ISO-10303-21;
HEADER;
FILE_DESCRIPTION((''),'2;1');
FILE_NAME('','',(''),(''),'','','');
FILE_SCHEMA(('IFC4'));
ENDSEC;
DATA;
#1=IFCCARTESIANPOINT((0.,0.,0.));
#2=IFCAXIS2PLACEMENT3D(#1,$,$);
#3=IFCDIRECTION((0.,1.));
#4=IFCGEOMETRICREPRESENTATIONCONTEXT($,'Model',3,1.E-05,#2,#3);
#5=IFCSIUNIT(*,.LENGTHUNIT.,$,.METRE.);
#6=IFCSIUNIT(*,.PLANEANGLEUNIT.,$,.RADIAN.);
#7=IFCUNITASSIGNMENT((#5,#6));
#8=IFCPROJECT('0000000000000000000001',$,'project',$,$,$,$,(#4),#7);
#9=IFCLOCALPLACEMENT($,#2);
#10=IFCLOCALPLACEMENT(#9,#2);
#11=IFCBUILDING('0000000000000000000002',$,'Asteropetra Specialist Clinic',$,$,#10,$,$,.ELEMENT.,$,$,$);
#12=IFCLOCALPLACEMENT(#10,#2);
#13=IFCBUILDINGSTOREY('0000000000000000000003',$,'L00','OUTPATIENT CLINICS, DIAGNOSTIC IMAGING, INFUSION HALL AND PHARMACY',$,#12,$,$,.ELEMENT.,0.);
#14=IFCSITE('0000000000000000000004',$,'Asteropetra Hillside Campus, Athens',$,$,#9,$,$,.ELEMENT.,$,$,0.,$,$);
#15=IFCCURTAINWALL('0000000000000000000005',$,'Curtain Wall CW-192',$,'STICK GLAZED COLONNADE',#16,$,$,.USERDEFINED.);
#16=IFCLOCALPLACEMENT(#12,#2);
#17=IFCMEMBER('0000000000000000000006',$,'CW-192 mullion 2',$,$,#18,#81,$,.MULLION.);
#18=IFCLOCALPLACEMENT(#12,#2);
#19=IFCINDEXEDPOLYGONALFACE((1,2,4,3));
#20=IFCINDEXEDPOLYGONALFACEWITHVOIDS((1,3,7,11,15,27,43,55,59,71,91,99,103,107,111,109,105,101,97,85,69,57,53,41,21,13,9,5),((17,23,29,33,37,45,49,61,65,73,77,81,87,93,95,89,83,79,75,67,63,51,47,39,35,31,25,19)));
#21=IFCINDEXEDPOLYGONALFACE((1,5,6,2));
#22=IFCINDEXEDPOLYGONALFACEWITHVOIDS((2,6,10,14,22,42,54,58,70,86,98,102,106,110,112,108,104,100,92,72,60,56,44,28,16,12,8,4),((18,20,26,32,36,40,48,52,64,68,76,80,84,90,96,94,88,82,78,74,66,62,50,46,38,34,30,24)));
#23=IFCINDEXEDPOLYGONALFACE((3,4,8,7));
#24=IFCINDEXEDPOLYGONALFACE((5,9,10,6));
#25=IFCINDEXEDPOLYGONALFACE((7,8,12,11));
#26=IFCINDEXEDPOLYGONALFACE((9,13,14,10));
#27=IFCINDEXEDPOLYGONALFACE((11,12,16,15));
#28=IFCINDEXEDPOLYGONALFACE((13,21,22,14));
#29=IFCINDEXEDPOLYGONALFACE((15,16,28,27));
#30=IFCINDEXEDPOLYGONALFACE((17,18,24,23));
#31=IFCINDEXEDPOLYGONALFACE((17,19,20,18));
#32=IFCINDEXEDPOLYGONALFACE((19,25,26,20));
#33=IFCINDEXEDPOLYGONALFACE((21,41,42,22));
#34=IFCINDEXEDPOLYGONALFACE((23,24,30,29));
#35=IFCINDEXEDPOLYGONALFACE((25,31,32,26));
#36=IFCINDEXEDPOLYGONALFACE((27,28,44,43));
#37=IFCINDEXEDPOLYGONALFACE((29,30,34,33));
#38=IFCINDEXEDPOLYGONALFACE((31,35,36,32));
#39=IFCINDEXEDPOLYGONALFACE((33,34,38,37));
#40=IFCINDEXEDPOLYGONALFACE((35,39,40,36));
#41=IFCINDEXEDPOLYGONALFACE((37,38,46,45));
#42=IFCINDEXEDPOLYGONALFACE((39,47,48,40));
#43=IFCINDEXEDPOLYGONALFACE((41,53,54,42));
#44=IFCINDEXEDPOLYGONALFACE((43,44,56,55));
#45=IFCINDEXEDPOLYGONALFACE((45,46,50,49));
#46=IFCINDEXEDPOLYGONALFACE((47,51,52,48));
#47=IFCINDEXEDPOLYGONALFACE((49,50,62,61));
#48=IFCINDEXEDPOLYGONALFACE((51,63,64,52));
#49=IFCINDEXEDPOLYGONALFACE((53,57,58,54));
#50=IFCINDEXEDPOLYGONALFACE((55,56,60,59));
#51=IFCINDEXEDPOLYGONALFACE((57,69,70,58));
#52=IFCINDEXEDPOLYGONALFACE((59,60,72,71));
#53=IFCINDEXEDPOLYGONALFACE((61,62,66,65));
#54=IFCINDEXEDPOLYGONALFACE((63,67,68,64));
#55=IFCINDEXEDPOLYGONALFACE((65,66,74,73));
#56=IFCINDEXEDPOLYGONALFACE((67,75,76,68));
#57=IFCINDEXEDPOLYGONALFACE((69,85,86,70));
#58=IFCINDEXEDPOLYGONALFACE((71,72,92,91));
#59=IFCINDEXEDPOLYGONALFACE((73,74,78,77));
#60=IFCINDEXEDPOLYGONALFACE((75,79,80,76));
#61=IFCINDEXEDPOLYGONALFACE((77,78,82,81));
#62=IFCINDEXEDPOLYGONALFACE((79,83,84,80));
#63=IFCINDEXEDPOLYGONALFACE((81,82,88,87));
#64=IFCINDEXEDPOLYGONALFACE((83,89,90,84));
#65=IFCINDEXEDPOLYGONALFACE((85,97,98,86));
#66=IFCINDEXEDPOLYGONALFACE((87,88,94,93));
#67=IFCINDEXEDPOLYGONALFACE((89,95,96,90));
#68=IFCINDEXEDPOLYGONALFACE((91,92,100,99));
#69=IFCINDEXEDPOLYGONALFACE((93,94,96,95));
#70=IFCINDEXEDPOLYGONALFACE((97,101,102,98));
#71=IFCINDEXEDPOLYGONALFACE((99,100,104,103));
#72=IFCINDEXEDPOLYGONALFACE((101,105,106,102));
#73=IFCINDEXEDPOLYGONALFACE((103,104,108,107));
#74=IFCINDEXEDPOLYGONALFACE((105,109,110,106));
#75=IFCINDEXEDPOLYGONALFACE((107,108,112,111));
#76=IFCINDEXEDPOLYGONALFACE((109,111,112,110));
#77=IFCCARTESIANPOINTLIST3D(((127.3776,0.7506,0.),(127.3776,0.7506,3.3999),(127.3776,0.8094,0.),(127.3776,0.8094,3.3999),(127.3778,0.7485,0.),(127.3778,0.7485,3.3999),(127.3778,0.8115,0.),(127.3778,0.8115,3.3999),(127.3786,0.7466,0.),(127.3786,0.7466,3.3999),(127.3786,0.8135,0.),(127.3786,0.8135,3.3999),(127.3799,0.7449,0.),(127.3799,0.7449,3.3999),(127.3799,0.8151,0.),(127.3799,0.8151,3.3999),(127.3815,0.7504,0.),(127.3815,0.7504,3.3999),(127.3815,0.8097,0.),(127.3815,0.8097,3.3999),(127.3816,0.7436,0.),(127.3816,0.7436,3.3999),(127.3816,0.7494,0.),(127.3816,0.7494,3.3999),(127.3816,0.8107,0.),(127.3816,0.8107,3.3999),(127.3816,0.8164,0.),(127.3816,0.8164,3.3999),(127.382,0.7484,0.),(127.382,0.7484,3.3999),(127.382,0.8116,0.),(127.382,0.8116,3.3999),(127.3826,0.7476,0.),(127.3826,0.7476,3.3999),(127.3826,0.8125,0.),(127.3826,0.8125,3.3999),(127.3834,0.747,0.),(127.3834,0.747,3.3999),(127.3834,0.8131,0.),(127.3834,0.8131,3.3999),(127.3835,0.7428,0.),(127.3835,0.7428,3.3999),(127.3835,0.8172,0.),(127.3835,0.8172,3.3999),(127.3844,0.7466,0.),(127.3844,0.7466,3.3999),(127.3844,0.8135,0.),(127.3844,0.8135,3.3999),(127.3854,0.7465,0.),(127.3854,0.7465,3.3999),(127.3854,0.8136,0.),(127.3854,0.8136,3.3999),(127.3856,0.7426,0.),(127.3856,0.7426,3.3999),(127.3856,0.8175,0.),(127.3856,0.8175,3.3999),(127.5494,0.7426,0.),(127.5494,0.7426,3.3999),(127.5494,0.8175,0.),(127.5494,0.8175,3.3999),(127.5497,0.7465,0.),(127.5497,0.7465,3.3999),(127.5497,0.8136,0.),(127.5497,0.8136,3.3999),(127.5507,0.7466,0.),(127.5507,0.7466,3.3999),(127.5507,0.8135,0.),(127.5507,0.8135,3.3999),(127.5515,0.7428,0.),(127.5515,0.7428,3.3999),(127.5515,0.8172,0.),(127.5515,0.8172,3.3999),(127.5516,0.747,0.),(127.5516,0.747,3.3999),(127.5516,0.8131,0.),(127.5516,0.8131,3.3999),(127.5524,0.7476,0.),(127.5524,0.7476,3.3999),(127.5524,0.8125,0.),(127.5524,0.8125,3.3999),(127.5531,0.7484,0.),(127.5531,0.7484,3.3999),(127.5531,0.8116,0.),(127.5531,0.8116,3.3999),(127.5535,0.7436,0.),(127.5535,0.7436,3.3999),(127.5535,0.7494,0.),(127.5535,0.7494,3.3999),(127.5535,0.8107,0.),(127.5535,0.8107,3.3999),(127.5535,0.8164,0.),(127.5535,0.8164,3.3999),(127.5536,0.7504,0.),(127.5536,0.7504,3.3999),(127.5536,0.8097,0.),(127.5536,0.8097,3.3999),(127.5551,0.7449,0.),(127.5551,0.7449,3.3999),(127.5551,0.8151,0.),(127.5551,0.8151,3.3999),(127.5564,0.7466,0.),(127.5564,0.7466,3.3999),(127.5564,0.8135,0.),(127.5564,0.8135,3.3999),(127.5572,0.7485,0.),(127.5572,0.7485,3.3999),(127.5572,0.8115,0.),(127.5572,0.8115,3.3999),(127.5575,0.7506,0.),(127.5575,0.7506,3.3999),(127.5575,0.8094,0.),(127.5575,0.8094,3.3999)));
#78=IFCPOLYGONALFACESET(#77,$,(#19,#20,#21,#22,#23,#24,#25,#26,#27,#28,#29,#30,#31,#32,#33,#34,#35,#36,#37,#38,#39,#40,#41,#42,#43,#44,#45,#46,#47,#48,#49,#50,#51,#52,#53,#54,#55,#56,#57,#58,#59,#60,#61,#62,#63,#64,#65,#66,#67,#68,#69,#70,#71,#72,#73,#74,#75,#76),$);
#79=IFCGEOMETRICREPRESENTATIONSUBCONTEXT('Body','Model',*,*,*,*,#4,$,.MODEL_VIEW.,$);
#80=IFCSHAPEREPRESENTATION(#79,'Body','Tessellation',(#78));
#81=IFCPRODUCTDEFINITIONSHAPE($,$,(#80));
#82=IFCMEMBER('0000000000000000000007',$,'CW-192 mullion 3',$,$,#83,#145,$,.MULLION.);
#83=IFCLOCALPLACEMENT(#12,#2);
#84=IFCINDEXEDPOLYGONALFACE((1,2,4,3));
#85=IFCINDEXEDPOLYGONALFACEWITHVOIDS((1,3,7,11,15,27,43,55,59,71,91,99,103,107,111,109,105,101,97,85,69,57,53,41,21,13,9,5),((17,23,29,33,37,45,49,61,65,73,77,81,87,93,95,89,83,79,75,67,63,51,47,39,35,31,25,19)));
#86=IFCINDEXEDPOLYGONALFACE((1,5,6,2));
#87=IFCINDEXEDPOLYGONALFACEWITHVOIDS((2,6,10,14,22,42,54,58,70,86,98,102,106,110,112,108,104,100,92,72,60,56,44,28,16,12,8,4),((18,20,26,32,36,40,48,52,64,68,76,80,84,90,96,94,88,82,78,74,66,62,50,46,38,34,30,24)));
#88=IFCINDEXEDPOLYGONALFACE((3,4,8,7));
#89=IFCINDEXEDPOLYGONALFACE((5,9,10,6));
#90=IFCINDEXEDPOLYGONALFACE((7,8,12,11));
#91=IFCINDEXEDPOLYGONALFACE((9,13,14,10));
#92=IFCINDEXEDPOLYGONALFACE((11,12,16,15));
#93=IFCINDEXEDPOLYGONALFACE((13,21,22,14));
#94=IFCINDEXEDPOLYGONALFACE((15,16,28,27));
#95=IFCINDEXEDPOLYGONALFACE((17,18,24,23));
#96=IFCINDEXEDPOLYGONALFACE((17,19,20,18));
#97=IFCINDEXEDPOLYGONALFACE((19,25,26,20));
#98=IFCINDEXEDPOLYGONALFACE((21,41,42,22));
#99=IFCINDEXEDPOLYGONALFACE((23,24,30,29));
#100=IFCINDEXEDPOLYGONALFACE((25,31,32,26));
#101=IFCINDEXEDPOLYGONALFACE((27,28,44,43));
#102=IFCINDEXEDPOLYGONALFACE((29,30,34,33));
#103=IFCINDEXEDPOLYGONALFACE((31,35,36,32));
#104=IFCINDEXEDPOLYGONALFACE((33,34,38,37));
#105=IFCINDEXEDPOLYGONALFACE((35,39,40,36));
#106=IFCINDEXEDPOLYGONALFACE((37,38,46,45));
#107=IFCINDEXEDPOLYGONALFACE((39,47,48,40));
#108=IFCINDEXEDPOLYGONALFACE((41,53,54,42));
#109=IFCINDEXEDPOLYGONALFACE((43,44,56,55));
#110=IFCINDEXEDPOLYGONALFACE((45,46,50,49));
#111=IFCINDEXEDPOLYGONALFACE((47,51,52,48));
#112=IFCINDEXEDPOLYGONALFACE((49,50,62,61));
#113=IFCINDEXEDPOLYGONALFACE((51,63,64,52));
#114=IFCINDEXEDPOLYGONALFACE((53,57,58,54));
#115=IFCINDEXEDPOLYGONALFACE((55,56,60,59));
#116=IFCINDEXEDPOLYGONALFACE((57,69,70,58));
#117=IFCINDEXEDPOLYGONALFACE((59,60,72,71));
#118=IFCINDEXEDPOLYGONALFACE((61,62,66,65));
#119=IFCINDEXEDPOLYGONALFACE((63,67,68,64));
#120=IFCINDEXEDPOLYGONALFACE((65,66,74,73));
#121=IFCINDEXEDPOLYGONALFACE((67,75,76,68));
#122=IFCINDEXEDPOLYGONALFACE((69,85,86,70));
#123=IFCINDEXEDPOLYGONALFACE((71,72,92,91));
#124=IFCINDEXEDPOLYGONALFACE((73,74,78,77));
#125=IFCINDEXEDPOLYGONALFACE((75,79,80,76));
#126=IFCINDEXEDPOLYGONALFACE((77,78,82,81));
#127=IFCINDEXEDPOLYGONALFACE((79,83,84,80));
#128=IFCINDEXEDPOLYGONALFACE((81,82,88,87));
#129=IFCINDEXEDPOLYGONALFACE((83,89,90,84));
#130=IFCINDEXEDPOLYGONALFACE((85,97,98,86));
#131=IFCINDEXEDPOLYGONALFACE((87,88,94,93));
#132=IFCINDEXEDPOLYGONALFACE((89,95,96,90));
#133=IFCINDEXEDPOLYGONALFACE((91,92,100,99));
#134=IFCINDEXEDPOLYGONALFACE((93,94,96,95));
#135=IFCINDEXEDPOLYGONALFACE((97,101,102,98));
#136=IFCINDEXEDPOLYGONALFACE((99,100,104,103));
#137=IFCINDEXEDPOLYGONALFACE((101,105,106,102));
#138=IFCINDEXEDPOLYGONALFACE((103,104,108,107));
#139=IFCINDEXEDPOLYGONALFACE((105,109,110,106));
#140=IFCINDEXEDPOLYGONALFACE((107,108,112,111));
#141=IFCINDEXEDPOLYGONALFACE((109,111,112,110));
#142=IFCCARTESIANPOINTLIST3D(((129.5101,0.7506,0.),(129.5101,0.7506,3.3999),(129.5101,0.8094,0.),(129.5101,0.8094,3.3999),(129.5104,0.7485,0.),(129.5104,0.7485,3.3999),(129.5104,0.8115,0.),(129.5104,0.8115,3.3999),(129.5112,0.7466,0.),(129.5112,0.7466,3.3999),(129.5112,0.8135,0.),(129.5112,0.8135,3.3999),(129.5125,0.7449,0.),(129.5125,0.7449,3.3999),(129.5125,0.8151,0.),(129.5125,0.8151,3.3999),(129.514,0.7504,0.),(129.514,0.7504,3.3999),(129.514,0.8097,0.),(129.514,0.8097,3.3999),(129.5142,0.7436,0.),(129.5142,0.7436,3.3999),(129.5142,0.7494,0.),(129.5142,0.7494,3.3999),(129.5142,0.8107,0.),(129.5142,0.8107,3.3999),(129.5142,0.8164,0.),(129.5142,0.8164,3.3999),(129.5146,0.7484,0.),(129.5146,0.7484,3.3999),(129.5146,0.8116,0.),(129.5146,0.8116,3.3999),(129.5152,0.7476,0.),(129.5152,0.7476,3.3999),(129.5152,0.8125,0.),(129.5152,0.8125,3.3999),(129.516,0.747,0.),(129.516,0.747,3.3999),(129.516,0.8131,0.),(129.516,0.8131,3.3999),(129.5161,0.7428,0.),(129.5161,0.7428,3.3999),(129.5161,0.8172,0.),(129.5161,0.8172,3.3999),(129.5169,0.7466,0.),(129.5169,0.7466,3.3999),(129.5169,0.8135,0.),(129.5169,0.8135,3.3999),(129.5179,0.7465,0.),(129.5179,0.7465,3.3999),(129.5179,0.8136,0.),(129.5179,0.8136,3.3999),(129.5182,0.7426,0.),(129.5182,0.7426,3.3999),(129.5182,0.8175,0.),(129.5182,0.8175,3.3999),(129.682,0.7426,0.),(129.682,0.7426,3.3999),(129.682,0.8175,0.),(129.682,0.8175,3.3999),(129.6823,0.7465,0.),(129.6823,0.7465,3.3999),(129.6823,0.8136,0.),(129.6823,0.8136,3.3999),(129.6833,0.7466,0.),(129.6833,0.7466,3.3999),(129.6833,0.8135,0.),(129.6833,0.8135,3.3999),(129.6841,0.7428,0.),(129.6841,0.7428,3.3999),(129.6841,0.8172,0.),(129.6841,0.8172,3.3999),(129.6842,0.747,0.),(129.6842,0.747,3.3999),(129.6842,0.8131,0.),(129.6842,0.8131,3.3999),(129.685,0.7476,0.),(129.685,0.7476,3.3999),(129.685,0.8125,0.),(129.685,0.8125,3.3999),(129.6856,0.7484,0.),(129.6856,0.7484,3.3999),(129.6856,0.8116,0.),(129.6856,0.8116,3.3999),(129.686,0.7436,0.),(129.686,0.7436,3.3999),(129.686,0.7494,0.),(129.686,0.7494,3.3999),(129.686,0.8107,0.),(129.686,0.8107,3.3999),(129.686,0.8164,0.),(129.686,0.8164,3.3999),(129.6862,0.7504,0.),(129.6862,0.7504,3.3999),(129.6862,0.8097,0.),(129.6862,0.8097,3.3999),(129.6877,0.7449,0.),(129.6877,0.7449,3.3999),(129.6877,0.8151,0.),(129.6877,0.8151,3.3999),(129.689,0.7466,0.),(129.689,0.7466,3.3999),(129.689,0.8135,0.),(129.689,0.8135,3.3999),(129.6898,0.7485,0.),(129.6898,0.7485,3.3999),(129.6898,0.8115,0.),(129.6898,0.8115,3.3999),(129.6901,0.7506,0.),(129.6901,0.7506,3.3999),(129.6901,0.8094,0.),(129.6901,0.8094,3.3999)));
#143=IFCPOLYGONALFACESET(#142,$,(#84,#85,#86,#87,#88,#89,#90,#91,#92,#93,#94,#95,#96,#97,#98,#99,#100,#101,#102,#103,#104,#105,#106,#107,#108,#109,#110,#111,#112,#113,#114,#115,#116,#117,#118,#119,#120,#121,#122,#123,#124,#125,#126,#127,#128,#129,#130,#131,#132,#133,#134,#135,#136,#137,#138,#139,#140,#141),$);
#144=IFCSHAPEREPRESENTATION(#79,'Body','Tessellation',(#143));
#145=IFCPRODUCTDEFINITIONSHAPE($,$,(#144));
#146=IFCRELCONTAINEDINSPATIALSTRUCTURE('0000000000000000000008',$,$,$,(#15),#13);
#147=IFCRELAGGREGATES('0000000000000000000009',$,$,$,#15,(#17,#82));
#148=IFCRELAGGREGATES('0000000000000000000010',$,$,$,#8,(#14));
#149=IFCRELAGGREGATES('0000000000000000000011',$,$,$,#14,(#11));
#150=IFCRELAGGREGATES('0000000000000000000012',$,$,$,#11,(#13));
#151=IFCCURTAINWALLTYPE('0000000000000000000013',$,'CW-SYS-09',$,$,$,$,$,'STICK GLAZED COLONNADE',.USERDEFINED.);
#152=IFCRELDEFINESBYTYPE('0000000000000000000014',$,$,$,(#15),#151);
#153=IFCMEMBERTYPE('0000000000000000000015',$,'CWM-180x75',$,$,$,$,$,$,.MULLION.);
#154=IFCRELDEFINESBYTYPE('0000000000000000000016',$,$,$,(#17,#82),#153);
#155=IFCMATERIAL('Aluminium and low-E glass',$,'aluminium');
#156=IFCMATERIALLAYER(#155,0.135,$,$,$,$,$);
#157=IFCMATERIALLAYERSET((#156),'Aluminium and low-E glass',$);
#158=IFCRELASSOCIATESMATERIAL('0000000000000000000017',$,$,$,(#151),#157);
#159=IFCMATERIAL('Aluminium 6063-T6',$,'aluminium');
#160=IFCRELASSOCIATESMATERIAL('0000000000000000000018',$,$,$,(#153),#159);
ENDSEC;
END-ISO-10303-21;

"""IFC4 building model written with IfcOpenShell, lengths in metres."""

from ifc_helpers import new_model, si_unit, direction, frame, origin, origin_2d, place, context, subcontext, project, spatial, hollow_rectangle, extrude, material, layer, layer_set, material_profile, profile_set, type_object, element, aggregate, save


model = new_model("IFC4")

# Units and contexts
model_context = context("Model", 3, precision=1e-05, world=origin(), true_north=direction((0.0, 1.0)))
body_context = subcontext(model_context, "Body", "Model", "MODEL_VIEW")
ifc_project = project(units=[si_unit("LENGTHUNIT", "METRE"), si_unit("PLANEANGLEUNIT", "RADIAN")], contexts=[model_context])

# Site, building, storey
site_placement = place(None, origin())
site = spatial("IfcSite", under=ifc_project, at=site_placement, Name="Asteropetra Hillside Campus, Athens", CompositionType="ELEMENT", RefElevation=0.0)
building_placement = place(site_placement, origin())
building = spatial("IfcBuilding", under=site, at=building_placement, Name="Asteropetra Specialist Clinic", CompositionType="ELEMENT")
storey_placement = place(building_placement, origin())
storey = spatial("IfcBuildingStorey", under=building, at=storey_placement, Name="L00", Description="OUTPATIENT CLINICS, DIAGNOSTIC IMAGING, INFUSION HALL AND PHARMACY", CompositionType="ELEMENT", Elevation=0.0)

# Curtain wall, members
ifc_material_1 = material(Name="Aluminium and low-E glass", Category="aluminium")
ifc_layer_1 = layer(ifc_material_1, 0.135)
ifc_layer_set_1 = layer_set([ifc_layer_1], Name="Aluminium and low-E glass")
curtain_wall_type = type_object("IfcCurtainWallType", Name="CW-SYS-09", ElementType="STICK GLAZED COLONNADE", PredefinedType="USERDEFINED", material=ifc_layer_set_1)
curtain_wall_placement = place(storey_placement, origin())
curtain_wall = element("IfcCurtainWall", 1, at=curtain_wall_placement, inside=storey, type_object=curtain_wall_type, Name="Curtain Wall CW-192", ObjectType="STICK GLAZED COLONNADE", PredefinedType="USERDEFINED")
ifc_material_2 = material(Name="Aluminium 6063-T6", Category="aluminium")
ifc_material_profile_1 = material_profile(ifc_material_2, hollow_rectangle(XDim=0.075, YDim=0.1799, WallThickness=0.0039, InnerFilletRadius=0.0039, OuterFilletRadius=0.0081, at=origin_2d()), Name="MUL 180x75x4.0")
ifc_profile_set_1 = profile_set([ifc_material_profile_1], Name="Aluminium 6063-T6")
member_type_1 = type_object("IfcMemberType", Name="CWM-180x75", PredefinedType="MULLION", material=ifc_profile_set_1)
member_1_placement = place(storey_placement, frame((127.4675, 0.78, 0.0), z_axis=(0.0, 0.0, 1.0), x_axis=(0.0, 1.0, 0.0)))
member_1 = element("IfcMember", 2, at=member_1_placement, type_object=member_type_1, Name="CW-192 mullion 2", PredefinedType="MULLION", context=body_context, shape_type="SweptSolid", body=[
    extrude(hollow_rectangle(XDim=0.075, YDim=0.1799, WallThickness=0.0039, InnerFilletRadius=0.0039, OuterFilletRadius=0.0081, at=origin_2d()), origin(), (0.0, 0.0, 1.0), 3.3999),
])
member_2_placement = place(storey_placement, frame((129.6001, 0.78, 0.0), z_axis=(0.0, 0.0, 1.0), x_axis=(0.0, 1.0, 0.0)))
member_2 = element("IfcMember", 3, at=member_2_placement, type_object=member_type_1, Name="CW-192 mullion 3", PredefinedType="MULLION", context=body_context, shape_type="SweptSolid", body=[
    extrude(hollow_rectangle(XDim=0.075, YDim=0.1799, WallThickness=0.0039, InnerFilletRadius=0.0039, OuterFilletRadius=0.0081, at=origin_2d()), origin(), (0.0, 0.0, 1.0), 3.3999),
])
aggregate(curtain_wall, [member_1, member_2])

save(model, "model.ifc")
